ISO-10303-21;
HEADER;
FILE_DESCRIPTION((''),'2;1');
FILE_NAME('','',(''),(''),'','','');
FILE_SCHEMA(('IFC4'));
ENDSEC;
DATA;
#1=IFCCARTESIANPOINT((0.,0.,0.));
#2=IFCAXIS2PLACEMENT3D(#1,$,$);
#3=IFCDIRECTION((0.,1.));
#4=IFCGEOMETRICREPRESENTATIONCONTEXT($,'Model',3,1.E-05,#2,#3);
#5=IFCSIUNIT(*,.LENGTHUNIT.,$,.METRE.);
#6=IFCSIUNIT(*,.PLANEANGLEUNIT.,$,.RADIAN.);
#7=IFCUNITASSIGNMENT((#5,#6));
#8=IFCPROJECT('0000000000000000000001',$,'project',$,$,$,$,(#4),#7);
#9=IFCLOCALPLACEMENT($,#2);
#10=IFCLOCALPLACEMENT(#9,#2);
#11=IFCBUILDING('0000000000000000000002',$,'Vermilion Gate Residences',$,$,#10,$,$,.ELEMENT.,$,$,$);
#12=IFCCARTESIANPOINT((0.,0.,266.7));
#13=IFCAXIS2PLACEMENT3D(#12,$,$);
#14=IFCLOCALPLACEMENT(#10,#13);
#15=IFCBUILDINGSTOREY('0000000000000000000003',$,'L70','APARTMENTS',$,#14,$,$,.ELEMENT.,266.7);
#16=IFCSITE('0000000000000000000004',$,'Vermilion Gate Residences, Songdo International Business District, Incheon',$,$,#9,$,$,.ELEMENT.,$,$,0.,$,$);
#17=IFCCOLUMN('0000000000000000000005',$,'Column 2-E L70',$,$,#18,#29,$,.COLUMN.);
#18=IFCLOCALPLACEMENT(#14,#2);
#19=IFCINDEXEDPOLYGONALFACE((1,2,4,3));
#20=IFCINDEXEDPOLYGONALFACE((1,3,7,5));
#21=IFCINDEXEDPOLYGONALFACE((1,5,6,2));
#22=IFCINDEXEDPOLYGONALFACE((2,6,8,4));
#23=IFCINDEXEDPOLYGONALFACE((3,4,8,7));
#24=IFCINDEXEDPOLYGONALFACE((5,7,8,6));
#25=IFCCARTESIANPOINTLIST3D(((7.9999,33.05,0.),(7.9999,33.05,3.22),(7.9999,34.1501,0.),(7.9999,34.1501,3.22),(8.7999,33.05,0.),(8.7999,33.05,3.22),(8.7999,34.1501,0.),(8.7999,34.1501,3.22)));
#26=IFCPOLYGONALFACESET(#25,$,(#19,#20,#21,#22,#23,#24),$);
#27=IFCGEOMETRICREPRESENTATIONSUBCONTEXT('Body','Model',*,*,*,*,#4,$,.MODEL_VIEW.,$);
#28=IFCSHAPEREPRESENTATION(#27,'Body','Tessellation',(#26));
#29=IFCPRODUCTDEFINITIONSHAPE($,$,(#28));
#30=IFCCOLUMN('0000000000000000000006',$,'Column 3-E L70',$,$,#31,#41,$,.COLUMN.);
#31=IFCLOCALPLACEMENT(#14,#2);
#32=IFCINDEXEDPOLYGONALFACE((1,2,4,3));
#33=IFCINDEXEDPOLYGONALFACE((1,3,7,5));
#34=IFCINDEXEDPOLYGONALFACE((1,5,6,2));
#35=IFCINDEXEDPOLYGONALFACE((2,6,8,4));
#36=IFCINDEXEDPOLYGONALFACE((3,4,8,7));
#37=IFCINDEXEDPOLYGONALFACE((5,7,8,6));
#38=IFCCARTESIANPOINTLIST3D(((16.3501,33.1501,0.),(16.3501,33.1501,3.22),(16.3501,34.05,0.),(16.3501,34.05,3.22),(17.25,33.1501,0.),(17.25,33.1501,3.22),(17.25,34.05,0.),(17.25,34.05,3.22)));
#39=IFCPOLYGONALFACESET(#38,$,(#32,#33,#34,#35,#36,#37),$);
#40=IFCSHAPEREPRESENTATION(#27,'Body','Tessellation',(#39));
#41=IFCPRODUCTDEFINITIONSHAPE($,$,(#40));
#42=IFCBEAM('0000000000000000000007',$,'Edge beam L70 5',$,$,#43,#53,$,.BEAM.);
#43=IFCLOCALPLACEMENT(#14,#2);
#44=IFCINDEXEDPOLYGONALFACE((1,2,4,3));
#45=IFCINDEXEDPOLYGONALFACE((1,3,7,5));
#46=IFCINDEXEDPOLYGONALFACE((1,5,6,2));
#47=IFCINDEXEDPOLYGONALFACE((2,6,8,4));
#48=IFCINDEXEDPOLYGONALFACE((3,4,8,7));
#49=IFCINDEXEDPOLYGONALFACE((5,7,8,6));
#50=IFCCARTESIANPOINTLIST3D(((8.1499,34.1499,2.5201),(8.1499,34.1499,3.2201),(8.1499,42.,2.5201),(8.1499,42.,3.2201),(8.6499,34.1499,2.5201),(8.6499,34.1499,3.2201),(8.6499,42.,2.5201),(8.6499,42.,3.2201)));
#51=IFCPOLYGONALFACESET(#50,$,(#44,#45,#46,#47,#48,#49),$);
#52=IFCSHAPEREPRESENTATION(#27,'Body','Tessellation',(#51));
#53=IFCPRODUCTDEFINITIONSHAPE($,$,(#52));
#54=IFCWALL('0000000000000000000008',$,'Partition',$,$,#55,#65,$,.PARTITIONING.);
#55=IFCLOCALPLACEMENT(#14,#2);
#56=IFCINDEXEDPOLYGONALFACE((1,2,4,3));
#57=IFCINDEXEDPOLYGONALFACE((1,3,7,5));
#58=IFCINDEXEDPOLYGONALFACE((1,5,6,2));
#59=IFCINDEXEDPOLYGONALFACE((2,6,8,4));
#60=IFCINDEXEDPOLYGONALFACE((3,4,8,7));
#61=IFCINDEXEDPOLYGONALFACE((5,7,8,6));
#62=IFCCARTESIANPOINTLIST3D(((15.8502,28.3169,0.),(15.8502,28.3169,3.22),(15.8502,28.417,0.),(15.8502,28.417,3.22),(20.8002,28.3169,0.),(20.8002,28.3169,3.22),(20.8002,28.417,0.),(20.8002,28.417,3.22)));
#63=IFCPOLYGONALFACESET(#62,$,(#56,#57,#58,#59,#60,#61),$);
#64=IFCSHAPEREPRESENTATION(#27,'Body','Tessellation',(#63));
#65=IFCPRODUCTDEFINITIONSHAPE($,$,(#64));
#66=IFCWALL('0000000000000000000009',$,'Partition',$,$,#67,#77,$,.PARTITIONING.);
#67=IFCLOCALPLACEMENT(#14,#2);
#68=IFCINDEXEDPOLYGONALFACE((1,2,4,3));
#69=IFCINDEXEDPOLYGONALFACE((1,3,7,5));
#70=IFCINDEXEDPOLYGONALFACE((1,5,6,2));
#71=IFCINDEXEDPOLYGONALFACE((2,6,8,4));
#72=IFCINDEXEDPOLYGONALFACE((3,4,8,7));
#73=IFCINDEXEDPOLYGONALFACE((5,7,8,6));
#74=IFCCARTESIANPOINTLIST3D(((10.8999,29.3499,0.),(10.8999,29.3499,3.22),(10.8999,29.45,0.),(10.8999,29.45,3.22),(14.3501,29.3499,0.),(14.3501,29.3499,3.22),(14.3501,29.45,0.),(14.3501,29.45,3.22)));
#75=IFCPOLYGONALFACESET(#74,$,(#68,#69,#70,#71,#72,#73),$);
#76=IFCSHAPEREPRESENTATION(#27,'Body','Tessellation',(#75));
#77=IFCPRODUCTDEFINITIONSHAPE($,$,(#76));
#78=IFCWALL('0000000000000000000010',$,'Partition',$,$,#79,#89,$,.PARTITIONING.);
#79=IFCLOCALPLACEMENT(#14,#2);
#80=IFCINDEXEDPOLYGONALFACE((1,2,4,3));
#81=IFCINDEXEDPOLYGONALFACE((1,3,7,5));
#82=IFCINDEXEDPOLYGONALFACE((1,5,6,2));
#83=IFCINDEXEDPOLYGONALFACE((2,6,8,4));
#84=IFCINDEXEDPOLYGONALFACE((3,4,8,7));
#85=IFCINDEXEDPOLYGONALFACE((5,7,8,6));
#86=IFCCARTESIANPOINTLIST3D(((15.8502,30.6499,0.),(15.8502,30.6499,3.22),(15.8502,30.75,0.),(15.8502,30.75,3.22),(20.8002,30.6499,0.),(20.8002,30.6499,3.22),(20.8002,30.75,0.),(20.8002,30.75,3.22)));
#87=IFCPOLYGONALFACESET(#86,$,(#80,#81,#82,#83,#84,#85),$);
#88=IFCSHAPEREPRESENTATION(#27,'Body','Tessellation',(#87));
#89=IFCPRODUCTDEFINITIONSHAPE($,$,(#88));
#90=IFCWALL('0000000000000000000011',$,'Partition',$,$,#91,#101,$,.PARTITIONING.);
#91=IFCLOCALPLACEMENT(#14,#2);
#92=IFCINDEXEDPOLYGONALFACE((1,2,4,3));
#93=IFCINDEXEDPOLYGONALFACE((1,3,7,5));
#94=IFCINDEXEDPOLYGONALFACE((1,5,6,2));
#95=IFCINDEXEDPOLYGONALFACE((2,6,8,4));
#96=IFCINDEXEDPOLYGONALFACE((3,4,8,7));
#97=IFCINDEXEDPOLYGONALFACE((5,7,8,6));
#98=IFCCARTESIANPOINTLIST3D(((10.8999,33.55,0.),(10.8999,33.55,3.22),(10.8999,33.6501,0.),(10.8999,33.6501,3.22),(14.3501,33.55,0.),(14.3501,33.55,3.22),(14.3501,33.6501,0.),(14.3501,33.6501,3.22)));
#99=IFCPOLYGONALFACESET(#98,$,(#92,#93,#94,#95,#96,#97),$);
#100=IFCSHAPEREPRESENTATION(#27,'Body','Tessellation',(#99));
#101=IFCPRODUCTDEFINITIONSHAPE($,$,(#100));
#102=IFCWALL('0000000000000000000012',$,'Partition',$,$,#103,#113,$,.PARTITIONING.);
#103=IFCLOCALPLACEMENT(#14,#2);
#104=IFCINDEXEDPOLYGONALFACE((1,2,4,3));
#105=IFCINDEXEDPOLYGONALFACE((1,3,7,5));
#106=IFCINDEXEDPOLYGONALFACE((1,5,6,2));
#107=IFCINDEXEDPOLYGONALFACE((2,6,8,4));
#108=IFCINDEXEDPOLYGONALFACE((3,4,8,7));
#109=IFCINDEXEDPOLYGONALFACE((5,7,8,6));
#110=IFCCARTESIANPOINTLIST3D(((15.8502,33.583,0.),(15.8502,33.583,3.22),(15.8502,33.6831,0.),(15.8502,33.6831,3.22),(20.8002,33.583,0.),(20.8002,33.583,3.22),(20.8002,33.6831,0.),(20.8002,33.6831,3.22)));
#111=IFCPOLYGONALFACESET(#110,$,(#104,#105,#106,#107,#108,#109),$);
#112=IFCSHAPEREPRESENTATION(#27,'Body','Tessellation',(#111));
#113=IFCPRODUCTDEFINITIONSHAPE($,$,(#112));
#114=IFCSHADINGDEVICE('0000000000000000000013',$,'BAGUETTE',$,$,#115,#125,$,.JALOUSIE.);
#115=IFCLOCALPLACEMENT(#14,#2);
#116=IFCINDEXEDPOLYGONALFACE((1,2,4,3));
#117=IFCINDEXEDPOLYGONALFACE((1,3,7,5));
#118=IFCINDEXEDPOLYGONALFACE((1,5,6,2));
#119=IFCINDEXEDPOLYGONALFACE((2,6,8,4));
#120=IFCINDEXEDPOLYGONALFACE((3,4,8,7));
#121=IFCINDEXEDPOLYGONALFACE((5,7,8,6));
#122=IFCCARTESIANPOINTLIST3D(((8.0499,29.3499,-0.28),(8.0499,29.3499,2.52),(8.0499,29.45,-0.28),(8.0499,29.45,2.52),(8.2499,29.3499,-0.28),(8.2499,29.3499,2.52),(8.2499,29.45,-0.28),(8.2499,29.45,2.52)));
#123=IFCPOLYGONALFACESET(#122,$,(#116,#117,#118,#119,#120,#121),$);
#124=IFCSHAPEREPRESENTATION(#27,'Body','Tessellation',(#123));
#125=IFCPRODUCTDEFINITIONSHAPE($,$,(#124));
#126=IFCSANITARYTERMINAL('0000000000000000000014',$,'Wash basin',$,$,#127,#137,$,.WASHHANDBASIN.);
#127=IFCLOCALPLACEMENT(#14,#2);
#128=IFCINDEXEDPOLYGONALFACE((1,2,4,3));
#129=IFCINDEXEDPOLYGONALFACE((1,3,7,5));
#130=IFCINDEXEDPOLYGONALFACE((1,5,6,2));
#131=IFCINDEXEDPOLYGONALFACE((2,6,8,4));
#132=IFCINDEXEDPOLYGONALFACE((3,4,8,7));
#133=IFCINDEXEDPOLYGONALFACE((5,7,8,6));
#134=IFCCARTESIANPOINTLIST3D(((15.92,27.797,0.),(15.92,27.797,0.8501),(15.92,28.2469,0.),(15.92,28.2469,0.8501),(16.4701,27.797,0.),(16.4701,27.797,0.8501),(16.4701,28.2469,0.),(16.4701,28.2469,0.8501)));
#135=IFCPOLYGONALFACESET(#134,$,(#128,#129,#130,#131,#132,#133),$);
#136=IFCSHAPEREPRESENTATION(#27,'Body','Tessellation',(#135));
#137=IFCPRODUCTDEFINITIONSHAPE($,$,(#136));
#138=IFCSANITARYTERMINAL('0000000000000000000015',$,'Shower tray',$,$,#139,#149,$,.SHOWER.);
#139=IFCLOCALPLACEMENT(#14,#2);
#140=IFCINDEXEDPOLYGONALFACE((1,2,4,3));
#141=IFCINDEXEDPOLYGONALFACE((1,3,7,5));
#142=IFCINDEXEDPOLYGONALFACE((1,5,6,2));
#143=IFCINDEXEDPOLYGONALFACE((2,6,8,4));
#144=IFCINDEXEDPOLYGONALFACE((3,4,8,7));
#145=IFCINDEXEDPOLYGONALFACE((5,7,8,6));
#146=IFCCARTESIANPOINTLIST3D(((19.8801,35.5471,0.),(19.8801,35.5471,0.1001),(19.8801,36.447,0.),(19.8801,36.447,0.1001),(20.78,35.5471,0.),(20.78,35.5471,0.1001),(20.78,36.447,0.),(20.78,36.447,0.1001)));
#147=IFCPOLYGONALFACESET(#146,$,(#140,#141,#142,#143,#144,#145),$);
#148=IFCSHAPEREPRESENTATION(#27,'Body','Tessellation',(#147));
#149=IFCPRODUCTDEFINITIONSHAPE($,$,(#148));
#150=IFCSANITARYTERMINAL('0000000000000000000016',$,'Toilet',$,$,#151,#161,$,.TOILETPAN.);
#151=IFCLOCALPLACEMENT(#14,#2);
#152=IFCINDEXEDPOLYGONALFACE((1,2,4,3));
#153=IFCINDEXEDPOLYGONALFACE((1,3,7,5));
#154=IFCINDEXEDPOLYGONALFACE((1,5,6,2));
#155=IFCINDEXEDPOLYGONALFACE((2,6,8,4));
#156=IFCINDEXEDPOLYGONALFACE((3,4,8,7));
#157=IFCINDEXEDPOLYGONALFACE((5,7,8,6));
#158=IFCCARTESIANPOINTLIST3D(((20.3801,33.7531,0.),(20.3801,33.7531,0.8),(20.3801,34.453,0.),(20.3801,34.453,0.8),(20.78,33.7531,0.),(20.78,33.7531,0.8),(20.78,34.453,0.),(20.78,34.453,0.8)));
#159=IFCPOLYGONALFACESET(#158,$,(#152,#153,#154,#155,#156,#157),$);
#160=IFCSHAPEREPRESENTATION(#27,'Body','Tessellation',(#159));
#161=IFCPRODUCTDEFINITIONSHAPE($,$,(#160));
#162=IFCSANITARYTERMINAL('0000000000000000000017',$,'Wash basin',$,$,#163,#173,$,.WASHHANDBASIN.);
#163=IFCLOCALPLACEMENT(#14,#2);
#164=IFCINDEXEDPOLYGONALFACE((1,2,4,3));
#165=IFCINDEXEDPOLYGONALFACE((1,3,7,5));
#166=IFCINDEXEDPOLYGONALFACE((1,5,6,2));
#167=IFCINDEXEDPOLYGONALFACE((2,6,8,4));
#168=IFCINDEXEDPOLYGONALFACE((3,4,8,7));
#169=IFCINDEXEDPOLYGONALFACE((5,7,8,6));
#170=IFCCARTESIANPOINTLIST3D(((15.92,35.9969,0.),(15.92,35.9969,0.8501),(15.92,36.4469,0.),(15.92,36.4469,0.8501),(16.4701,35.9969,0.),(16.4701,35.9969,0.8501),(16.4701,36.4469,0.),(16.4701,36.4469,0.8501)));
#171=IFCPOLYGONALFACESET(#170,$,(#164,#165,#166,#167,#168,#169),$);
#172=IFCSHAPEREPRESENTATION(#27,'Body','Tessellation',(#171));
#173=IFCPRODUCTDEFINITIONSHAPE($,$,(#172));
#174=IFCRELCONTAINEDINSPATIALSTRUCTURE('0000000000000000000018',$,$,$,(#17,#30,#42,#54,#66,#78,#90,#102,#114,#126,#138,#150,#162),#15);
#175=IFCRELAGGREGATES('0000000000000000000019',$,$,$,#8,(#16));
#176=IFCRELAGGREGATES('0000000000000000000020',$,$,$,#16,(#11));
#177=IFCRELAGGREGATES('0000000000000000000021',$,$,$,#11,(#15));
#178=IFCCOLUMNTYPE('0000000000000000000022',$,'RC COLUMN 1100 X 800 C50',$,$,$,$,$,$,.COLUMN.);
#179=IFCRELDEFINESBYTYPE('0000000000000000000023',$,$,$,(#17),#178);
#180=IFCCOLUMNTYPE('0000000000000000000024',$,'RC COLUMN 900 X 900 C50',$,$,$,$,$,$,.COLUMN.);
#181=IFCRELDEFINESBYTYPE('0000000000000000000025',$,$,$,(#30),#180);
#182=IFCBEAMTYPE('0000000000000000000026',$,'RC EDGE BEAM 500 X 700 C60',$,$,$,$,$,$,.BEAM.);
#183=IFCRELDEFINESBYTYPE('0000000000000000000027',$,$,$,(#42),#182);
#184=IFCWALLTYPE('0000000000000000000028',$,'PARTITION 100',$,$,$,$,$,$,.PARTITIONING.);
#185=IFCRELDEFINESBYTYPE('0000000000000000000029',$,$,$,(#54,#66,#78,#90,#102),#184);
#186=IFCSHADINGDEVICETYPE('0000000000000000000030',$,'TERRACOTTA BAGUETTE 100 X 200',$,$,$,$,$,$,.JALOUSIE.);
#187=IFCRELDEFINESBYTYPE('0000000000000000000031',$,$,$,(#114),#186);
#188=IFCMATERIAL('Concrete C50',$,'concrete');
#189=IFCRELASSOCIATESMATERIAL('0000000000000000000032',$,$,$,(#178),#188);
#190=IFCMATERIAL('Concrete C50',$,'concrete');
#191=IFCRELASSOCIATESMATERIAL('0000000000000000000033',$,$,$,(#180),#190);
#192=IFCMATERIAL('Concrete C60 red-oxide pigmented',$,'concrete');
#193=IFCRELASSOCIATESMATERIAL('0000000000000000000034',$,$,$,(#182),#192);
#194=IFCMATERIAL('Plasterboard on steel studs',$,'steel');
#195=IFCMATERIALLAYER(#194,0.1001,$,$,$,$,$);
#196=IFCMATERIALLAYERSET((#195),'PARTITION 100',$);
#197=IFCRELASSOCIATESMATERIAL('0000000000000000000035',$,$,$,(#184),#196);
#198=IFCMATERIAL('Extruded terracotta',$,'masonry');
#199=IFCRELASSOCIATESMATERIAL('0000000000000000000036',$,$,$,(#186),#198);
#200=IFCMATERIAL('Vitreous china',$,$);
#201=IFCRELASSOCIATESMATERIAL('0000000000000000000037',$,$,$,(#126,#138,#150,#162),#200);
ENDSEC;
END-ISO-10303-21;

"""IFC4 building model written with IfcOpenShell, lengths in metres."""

from ifc_helpers import new_model, si_unit, direction, frame, frame_2d, origin, origin_2d, place, context, subcontext, project, spatial, rectangle, extrude, material, layer, layer_set, material_profile, profile_set, type_object, element, save


model = new_model("IFC4")

# Units and contexts
model_context = context("Model", 3, precision=1e-05, world=origin(), true_north=direction((0.0, 1.0)))
body_context = subcontext(model_context, "Body", "Model", "MODEL_VIEW")
ifc_project = project(units=[si_unit("LENGTHUNIT", "METRE"), si_unit("PLANEANGLEUNIT", "RADIAN")], contexts=[model_context])

# Site, building, storey
site_placement = place(None, origin())
site = spatial("IfcSite", under=ifc_project, at=site_placement, Name="Vermilion Gate Residences, Songdo International Business District, Incheon", CompositionType="ELEMENT", RefElevation=0.0)
building_placement = place(site_placement, origin())
building = spatial("IfcBuilding", under=site, at=building_placement, Name="Vermilion Gate Residences", CompositionType="ELEMENT")
storey_placement = place(building_placement, frame((0.0, 0.0, 266.7)))
storey = spatial("IfcBuildingStorey", under=building, at=storey_placement, Name="L70", Description="APARTMENTS", CompositionType="ELEMENT", Elevation=266.7)

# Columns
ifc_material_1 = material(Name="Concrete C50", Category="concrete")
ifc_material_profile_1 = material_profile(ifc_material_1, rectangle(XDim=1.1001, YDim=0.8, at=origin_2d()), Name="RC-1100x800")
ifc_profile_set_1 = profile_set([ifc_material_profile_1], Name="Concrete C50")
column_type_1 = type_object("IfcColumnType", Name="RC COLUMN 1100 X 800 C50", PredefinedType="COLUMN", material=ifc_profile_set_1)
column_1_placement = place(storey_placement, frame((8.3999, 33.6001, 0.0), z_axis=(0.0, 0.0, 1.0), x_axis=(0.0, 1.0, 0.0)))
element("IfcColumn", 1, at=column_1_placement, inside=storey, type_object=column_type_1, Name="Column 2-E L70", PredefinedType="COLUMN", context=body_context, shape_type="SweptSolid", body=[
    extrude(rectangle(XDim=1.1001, YDim=0.8, at=origin_2d()), origin(), (0.0, 0.0, 1.0), 3.22),
])
ifc_material_2 = material(Name="Concrete C50", Category="concrete")
ifc_material_profile_2 = material_profile(ifc_material_2, rectangle(XDim=0.8999, YDim=0.8999, at=origin_2d()), Name="RC-900x900")
ifc_profile_set_2 = profile_set([ifc_material_profile_2], Name="Concrete C50")
column_type_2 = type_object("IfcColumnType", Name="RC COLUMN 900 X 900 C50", PredefinedType="COLUMN", material=ifc_profile_set_2)
column_2_placement = place(storey_placement, frame((16.8, 33.6001, 0.0), z_axis=(0.0, 0.0, 1.0), x_axis=(1.0, 0.0, 0.0)))
element("IfcColumn", 2, at=column_2_placement, inside=storey, type_object=column_type_2, Name="Column 3-E L70", PredefinedType="COLUMN", context=body_context, shape_type="SweptSolid", body=[
    extrude(rectangle(XDim=0.8999, YDim=0.8999, at=origin_2d()), origin(), (0.0, 0.0, 1.0), 3.22),
])

# Beam
ifc_material_3 = material(Name="Concrete C60 red-oxide pigmented", Category="concrete")
ifc_material_profile_3 = material_profile(ifc_material_3, rectangle(XDim=0.5, YDim=0.7, at=origin_2d()), Name="RC-500x700")
ifc_profile_set_3 = profile_set([ifc_material_profile_3], Name="Concrete C60 red-oxide pigmented")
beam_type = type_object("IfcBeamType", Name="RC EDGE BEAM 500 X 700 C60", PredefinedType="BEAM", material=ifc_profile_set_3)
beam_placement = place(storey_placement, frame((8.3999, 34.1499, 2.8701), z_axis=(0.0, 1.0, 0.0), x_axis=(-1.0, 0.0, 0.0)))
element("IfcBeam", 3, at=beam_placement, inside=storey, type_object=beam_type, Name="Edge beam L70 5", PredefinedType="BEAM", context=body_context, shape_type="SweptSolid", body=[
    extrude(rectangle(XDim=0.5, YDim=0.7, at=origin_2d()), origin(), (0.0, 0.0, 1.0), 7.8501),
])

# Walls
ifc_material_4 = material(Name="Plasterboard on steel studs", Category="steel")
ifc_layer = layer(ifc_material_4, 0.1001)
ifc_layer_set = layer_set([ifc_layer], Name="PARTITION 100")
wall_type = type_object("IfcWallType", Name="PARTITION 100", PredefinedType="PARTITIONING", material=ifc_layer_set)
wall_1_placement = place(storey_placement, frame((15.8501, 28.3669, 0.0), z_axis=(0.0, 0.0, 1.0), x_axis=(1.0, 0.0, 0.0)))
element("IfcWall", 4, at=wall_1_placement, inside=storey, type_object=wall_type, Name="Partition", PredefinedType="PARTITIONING", context=body_context, shape_type="SweptSolid", body=[
    extrude(rectangle(XDim=4.95, YDim=0.1001, at=frame_2d((2.4751, 0.0))), origin(), (0.0, 0.0, 1.0), 3.22),
])
wall_2_placement = place(storey_placement, frame((10.8999, 29.3999, 0.0), z_axis=(0.0, 0.0, 1.0), x_axis=(1.0, 0.0, 0.0)))
element("IfcWall", 5, at=wall_2_placement, inside=storey, type_object=wall_type, Name="Partition", PredefinedType="PARTITIONING", context=body_context, shape_type="SweptSolid", body=[
    extrude(rectangle(XDim=3.4502, YDim=0.1001, at=frame_2d((1.7251, 0.0))), origin(), (0.0, 0.0, 1.0), 3.22),
])
wall_3_placement = place(storey_placement, frame((15.8501, 30.7, 0.0), z_axis=(0.0, 0.0, 1.0), x_axis=(1.0, 0.0, 0.0)))
element("IfcWall", 6, at=wall_3_placement, inside=storey, type_object=wall_type, Name="Partition", PredefinedType="PARTITIONING", context=body_context, shape_type="SweptSolid", body=[
    extrude(rectangle(XDim=4.95, YDim=0.1001, at=frame_2d((2.4751, 0.0))), origin(), (0.0, 0.0, 1.0), 3.22),
])
wall_4_placement = place(storey_placement, frame((10.8999, 33.6001, 0.0), z_axis=(0.0, 0.0, 1.0), x_axis=(1.0, 0.0, 0.0)))
element("IfcWall", 7, at=wall_4_placement, inside=storey, type_object=wall_type, Name="Partition", PredefinedType="PARTITIONING", context=body_context, shape_type="SweptSolid", body=[
    extrude(rectangle(XDim=3.4502, YDim=0.1001, at=frame_2d((1.7251, 0.0))), origin(), (0.0, 0.0, 1.0), 3.22),
])
wall_5_placement = place(storey_placement, frame((15.8501, 33.6331, 0.0), z_axis=(0.0, 0.0, 1.0), x_axis=(1.0, 0.0, 0.0)))
element("IfcWall", 8, at=wall_5_placement, inside=storey, type_object=wall_type, Name="Partition", PredefinedType="PARTITIONING", context=body_context, shape_type="SweptSolid", body=[
    extrude(rectangle(XDim=4.95, YDim=0.1001, at=frame_2d((2.4751, 0.0))), origin(), (0.0, 0.0, 1.0), 3.22),
])

# Shading device
ifc_material_5 = material(Name="Extruded terracotta", Category="masonry")
ifc_material_profile_4 = material_profile(ifc_material_5, rectangle(XDim=0.2, YDim=0.1001, at=origin_2d()), Name="BAGUETTE 100 X 200")
ifc_profile_set_4 = profile_set([ifc_material_profile_4], Name="Extruded terracotta")
shading_device_type = type_object("IfcShadingDeviceType", Name="TERRACOTTA BAGUETTE 100 X 200", PredefinedType="JALOUSIE", material=ifc_profile_set_4)
shading_device_placement = place(storey_placement, frame((8.1499, 29.3999, -0.28), z_axis=(0.0, 0.0, 1.0), x_axis=(1.0, 0.0, 0.0)))
element("IfcShadingDevice", 9, at=shading_device_placement, inside=storey, type_object=shading_device_type, Name="BAGUETTE", PredefinedType="JALOUSIE", context=body_context, shape_type="SweptSolid", body=[
    extrude(rectangle(XDim=0.2, YDim=0.1001, at=origin_2d()), origin(), (0.0, 0.0, 1.0), 2.8),
])

# Sanitary terminals
ifc_material_6 = material(Name="Vitreous china")
sanitary_terminal_1_placement = place(storey_placement, frame((16.1951, 28.022, 0.0), z_axis=(0.0, 0.0, 1.0), x_axis=(1.0, 0.0, 0.0)))
element("IfcSanitaryTerminal", 10, at=sanitary_terminal_1_placement, inside=storey, material=ifc_material_6, Name="Wash basin", PredefinedType="WASHHANDBASIN", context=body_context, shape_type="SweptSolid", body=[
    extrude(rectangle(XDim=0.55, YDim=0.45, at=origin_2d()), origin(), (0.0, 0.0, 1.0), 0.8501),
])
sanitary_terminal_2_placement = place(storey_placement, frame((20.3301, 35.9971, 0.0), z_axis=(0.0, 0.0, 1.0), x_axis=(1.0, 0.0, 0.0)))
element("IfcSanitaryTerminal", 11, at=sanitary_terminal_2_placement, inside=storey, material=ifc_material_6, Name="Shower tray", PredefinedType="SHOWER", context=body_context, shape_type="SweptSolid", body=[
    extrude(rectangle(XDim=0.8999, YDim=0.8999, at=origin_2d()), origin(), (0.0, 0.0, 1.0), 0.1001),
])
sanitary_terminal_3_placement = place(storey_placement, frame((20.5801, 34.103, 0.0), z_axis=(0.0, 0.0, 1.0), x_axis=(1.0, 0.0, 0.0)))
element("IfcSanitaryTerminal", 12, at=sanitary_terminal_3_placement, inside=storey, material=ifc_material_6, Name="Toilet", PredefinedType="TOILETPAN", context=body_context, shape_type="SweptSolid", body=[
    extrude(rectangle(XDim=0.3999, YDim=0.7, at=origin_2d()), origin(), (0.0, 0.0, 1.0), 0.8),
])
sanitary_terminal_4_placement = place(storey_placement, frame((16.1951, 36.2219, 0.0), z_axis=(0.0, 0.0, 1.0), x_axis=(1.0, 0.0, 0.0)))
element("IfcSanitaryTerminal", 13, at=sanitary_terminal_4_placement, inside=storey, material=ifc_material_6, Name="Wash basin", PredefinedType="WASHHANDBASIN", context=body_context, shape_type="SweptSolid", body=[
    extrude(rectangle(XDim=0.55, YDim=0.45, at=origin_2d()), origin(), (0.0, 0.0, 1.0), 0.8501),
])

save(model, "model.ifc")
